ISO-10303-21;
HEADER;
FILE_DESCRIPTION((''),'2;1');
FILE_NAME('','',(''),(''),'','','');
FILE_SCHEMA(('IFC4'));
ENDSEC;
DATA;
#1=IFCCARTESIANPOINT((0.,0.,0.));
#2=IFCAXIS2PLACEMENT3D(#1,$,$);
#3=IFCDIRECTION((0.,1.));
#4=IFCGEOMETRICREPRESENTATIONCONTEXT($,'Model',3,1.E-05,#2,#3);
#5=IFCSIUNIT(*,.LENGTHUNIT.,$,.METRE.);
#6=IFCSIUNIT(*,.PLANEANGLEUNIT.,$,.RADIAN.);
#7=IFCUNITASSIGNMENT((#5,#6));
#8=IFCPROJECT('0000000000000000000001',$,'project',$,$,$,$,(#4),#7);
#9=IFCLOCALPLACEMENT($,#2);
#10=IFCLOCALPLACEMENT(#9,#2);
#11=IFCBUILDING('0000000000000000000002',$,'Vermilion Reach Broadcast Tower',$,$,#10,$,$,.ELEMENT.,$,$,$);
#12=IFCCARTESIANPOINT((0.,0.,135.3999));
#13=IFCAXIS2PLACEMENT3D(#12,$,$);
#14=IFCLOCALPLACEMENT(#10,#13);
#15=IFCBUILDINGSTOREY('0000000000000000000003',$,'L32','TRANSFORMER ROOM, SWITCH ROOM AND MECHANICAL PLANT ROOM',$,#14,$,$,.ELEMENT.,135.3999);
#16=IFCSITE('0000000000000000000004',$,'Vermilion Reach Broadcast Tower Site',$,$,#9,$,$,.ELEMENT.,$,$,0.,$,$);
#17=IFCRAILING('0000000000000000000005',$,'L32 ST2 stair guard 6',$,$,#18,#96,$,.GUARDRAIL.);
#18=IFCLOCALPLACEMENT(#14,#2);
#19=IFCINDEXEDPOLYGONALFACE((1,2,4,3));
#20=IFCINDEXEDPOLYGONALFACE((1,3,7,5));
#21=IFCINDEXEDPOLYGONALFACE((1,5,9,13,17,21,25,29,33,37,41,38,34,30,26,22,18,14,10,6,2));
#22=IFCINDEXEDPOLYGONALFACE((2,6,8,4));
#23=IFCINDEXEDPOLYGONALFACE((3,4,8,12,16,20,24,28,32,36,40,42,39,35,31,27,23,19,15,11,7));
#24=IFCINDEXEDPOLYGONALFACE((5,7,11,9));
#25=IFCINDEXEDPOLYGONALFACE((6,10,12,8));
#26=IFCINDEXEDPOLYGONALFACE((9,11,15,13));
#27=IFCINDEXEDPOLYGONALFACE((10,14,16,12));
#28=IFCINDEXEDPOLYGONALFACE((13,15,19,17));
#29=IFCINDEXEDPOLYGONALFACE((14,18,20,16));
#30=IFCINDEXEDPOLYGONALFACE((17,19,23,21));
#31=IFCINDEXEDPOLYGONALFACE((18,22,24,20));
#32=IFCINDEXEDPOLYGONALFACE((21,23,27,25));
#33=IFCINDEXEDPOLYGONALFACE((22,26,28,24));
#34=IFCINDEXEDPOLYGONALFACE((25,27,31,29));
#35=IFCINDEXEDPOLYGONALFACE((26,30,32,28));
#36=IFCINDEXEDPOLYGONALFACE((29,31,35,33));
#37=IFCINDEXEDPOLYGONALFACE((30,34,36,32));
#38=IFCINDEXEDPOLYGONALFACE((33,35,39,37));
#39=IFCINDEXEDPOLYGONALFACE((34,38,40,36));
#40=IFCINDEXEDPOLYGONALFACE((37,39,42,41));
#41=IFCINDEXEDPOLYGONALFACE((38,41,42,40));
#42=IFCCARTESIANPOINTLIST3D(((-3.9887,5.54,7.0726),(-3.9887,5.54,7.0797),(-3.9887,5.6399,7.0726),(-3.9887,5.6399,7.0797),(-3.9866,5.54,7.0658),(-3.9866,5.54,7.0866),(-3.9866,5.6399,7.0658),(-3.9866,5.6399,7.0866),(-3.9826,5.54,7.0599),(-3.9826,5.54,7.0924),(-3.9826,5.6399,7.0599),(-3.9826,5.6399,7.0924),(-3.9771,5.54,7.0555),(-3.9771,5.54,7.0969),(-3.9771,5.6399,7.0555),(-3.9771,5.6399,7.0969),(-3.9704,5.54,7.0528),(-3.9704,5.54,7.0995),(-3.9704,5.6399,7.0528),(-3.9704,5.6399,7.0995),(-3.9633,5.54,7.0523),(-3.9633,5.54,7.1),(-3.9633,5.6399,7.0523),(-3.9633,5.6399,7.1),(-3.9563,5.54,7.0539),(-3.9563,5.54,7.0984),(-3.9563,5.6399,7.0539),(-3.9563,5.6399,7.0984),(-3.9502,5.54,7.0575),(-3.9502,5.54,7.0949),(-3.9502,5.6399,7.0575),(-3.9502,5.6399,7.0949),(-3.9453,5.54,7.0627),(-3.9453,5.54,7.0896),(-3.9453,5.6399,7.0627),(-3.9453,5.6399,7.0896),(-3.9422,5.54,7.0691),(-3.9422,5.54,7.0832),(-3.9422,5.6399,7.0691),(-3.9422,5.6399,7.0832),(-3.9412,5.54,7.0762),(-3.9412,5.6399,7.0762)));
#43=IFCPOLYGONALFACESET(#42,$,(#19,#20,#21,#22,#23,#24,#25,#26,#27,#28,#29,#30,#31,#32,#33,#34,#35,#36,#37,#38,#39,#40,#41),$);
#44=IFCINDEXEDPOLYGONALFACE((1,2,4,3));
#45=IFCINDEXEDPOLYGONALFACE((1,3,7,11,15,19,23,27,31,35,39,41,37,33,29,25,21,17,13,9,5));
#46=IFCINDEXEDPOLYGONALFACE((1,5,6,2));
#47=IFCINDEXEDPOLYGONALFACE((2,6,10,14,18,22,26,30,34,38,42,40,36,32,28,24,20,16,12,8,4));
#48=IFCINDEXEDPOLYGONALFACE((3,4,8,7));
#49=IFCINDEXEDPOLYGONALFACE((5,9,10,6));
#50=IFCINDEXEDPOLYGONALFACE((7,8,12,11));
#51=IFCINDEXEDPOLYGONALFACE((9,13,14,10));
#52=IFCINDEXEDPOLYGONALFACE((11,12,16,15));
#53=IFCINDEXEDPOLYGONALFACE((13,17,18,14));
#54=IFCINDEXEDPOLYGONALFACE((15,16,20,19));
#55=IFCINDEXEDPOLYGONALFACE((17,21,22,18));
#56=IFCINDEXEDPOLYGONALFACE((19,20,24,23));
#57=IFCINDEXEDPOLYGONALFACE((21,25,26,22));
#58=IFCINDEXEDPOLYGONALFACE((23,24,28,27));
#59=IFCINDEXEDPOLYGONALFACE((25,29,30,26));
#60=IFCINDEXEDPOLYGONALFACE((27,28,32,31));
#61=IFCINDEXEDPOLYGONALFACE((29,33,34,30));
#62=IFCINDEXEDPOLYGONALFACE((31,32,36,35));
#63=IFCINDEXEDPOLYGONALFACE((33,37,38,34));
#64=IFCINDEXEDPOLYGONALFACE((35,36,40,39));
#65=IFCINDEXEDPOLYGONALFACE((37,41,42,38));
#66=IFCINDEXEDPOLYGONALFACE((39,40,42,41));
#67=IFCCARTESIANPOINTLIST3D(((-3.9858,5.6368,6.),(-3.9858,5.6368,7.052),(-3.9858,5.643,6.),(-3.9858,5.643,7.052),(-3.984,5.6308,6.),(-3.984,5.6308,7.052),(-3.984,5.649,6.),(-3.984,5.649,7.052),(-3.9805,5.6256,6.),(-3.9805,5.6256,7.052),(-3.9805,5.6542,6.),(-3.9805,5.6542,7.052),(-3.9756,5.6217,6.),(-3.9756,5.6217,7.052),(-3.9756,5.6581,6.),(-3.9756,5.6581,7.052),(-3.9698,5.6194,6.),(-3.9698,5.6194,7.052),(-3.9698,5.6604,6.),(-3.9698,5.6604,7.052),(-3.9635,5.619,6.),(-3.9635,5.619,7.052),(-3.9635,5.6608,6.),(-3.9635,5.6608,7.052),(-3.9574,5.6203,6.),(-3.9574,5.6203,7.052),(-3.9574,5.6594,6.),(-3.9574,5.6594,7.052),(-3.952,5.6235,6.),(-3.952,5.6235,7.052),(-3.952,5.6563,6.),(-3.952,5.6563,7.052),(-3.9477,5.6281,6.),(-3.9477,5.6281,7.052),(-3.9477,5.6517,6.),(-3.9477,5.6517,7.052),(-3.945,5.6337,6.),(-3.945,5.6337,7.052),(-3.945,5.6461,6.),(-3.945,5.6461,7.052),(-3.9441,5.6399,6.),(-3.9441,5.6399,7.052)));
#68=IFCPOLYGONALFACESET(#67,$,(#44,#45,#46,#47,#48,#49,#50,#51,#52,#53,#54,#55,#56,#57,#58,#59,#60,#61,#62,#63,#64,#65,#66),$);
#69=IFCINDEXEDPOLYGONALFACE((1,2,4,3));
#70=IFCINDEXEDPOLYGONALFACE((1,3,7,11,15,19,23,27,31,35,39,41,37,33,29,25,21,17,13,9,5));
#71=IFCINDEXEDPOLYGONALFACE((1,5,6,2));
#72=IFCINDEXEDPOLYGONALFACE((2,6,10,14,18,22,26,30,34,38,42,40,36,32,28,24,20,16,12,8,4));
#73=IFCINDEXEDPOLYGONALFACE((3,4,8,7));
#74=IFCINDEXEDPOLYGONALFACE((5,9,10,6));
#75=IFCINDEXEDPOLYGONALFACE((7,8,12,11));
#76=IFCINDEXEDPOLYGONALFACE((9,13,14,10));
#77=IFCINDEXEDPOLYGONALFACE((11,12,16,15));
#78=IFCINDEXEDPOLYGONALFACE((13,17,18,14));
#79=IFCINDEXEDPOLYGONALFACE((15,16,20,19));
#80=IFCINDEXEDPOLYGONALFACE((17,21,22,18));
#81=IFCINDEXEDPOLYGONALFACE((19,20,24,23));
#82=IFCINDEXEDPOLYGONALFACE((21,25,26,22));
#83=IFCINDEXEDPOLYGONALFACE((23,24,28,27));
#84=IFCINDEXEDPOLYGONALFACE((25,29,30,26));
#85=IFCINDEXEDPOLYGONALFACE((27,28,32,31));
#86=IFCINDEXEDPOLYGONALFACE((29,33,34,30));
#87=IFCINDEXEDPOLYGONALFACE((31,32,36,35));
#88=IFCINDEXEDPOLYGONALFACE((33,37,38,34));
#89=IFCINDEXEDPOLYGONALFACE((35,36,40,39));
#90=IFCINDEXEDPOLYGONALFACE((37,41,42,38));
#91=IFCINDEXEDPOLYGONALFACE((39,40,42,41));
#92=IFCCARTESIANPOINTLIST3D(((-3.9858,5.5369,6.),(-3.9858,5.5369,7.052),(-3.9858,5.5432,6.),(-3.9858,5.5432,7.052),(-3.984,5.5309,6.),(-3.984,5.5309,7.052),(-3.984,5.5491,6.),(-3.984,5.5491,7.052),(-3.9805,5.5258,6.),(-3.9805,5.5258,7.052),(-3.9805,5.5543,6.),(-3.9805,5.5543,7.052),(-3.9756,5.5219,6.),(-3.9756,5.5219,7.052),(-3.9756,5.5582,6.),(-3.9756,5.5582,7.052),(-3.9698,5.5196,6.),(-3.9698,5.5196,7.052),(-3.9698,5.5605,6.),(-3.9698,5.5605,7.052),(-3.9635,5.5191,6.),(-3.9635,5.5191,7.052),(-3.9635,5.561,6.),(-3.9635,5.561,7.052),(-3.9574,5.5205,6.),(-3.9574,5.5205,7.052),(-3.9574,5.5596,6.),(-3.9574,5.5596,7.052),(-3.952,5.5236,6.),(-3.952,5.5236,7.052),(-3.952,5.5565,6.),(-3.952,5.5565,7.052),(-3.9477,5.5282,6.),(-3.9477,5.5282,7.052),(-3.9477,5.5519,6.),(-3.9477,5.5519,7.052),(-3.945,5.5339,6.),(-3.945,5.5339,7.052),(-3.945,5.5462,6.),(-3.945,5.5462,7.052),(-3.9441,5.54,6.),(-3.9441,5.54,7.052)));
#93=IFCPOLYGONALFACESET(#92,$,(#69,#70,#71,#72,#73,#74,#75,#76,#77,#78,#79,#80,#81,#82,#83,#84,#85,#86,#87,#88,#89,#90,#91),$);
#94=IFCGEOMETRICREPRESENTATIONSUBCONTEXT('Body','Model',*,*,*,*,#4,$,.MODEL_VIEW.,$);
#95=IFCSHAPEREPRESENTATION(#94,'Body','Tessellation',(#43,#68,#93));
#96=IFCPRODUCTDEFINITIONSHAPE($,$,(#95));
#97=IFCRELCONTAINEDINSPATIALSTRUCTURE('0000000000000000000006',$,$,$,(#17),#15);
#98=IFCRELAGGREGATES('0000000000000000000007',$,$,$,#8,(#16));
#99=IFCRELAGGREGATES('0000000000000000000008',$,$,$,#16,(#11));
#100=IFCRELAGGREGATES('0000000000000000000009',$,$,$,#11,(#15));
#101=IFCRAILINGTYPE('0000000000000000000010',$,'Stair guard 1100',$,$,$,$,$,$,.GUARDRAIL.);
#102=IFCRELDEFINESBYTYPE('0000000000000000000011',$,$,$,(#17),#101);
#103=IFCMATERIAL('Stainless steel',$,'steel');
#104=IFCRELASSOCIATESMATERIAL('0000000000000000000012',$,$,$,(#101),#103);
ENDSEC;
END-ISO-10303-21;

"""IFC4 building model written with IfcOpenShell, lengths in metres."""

from ifc_helpers import new_model, si_unit, direction, frame, origin, origin_2d, place, context, subcontext, project, spatial, circle, extrude, material, type_object, element, save


model = new_model("IFC4")

# Units and contexts
model_context = context("Model", 3, precision=1e-05, world=origin(), true_north=direction((0.0, 1.0)))
body_context = subcontext(model_context, "Body", "Model", "MODEL_VIEW")
ifc_project = project(units=[si_unit("LENGTHUNIT", "METRE"), si_unit("PLANEANGLEUNIT", "RADIAN")], contexts=[model_context])

# Site, building, storey
site_placement = place(None, origin())
site = spatial("IfcSite", under=ifc_project, at=site_placement, Name="Vermilion Reach Broadcast Tower Site", CompositionType="ELEMENT", RefElevation=0.0)
building_placement = place(site_placement, origin())
building = spatial("IfcBuilding", under=site, at=building_placement, Name="Vermilion Reach Broadcast Tower", CompositionType="ELEMENT")
storey_placement = place(building_placement, frame((0.0, 0.0, 135.3999)))
storey = spatial("IfcBuildingStorey", under=building, at=storey_placement, Name="L32", Description="TRANSFORMER ROOM, SWITCH ROOM AND MECHANICAL PLANT ROOM", CompositionType="ELEMENT", Elevation=135.3999)

# Railing
ifc_material_1 = material(Name="Stainless steel", Category="steel")
railing_type_1 = type_object("IfcRailingType", Name="Stair guard 1100", PredefinedType="GUARDRAIL", material=ifc_material_1)
railing_1_placement = place(storey_placement, frame((-3.9651, 5.6399, 6.0)))
element("IfcRailing", 1, at=railing_1_placement, inside=storey, type_object=railing_type_1, Name="L32 ST2 stair guard 6", PredefinedType="GUARDRAIL", context=body_context, shape_type="SweptSolid", body=[
    extrude(circle(Radius=0.0239, at=origin_2d()), frame((0.0, 0.0, 1.0762), z_axis=(0.0, -1.0, 0.0), x_axis=(1.0, 0.0, 0.0)), (0.0, 0.0, 1.0), 0.0999),
    extrude(circle(Radius=0.021, at=origin_2d()), origin(), (0.0, 0.0, 1.0), 1.052),
    extrude(circle(Radius=0.021, at=origin_2d()), frame((0.0, -0.0999, 0.0)), (0.0, 0.0, 1.0), 1.052),
])

save(model, "model.ifc")
